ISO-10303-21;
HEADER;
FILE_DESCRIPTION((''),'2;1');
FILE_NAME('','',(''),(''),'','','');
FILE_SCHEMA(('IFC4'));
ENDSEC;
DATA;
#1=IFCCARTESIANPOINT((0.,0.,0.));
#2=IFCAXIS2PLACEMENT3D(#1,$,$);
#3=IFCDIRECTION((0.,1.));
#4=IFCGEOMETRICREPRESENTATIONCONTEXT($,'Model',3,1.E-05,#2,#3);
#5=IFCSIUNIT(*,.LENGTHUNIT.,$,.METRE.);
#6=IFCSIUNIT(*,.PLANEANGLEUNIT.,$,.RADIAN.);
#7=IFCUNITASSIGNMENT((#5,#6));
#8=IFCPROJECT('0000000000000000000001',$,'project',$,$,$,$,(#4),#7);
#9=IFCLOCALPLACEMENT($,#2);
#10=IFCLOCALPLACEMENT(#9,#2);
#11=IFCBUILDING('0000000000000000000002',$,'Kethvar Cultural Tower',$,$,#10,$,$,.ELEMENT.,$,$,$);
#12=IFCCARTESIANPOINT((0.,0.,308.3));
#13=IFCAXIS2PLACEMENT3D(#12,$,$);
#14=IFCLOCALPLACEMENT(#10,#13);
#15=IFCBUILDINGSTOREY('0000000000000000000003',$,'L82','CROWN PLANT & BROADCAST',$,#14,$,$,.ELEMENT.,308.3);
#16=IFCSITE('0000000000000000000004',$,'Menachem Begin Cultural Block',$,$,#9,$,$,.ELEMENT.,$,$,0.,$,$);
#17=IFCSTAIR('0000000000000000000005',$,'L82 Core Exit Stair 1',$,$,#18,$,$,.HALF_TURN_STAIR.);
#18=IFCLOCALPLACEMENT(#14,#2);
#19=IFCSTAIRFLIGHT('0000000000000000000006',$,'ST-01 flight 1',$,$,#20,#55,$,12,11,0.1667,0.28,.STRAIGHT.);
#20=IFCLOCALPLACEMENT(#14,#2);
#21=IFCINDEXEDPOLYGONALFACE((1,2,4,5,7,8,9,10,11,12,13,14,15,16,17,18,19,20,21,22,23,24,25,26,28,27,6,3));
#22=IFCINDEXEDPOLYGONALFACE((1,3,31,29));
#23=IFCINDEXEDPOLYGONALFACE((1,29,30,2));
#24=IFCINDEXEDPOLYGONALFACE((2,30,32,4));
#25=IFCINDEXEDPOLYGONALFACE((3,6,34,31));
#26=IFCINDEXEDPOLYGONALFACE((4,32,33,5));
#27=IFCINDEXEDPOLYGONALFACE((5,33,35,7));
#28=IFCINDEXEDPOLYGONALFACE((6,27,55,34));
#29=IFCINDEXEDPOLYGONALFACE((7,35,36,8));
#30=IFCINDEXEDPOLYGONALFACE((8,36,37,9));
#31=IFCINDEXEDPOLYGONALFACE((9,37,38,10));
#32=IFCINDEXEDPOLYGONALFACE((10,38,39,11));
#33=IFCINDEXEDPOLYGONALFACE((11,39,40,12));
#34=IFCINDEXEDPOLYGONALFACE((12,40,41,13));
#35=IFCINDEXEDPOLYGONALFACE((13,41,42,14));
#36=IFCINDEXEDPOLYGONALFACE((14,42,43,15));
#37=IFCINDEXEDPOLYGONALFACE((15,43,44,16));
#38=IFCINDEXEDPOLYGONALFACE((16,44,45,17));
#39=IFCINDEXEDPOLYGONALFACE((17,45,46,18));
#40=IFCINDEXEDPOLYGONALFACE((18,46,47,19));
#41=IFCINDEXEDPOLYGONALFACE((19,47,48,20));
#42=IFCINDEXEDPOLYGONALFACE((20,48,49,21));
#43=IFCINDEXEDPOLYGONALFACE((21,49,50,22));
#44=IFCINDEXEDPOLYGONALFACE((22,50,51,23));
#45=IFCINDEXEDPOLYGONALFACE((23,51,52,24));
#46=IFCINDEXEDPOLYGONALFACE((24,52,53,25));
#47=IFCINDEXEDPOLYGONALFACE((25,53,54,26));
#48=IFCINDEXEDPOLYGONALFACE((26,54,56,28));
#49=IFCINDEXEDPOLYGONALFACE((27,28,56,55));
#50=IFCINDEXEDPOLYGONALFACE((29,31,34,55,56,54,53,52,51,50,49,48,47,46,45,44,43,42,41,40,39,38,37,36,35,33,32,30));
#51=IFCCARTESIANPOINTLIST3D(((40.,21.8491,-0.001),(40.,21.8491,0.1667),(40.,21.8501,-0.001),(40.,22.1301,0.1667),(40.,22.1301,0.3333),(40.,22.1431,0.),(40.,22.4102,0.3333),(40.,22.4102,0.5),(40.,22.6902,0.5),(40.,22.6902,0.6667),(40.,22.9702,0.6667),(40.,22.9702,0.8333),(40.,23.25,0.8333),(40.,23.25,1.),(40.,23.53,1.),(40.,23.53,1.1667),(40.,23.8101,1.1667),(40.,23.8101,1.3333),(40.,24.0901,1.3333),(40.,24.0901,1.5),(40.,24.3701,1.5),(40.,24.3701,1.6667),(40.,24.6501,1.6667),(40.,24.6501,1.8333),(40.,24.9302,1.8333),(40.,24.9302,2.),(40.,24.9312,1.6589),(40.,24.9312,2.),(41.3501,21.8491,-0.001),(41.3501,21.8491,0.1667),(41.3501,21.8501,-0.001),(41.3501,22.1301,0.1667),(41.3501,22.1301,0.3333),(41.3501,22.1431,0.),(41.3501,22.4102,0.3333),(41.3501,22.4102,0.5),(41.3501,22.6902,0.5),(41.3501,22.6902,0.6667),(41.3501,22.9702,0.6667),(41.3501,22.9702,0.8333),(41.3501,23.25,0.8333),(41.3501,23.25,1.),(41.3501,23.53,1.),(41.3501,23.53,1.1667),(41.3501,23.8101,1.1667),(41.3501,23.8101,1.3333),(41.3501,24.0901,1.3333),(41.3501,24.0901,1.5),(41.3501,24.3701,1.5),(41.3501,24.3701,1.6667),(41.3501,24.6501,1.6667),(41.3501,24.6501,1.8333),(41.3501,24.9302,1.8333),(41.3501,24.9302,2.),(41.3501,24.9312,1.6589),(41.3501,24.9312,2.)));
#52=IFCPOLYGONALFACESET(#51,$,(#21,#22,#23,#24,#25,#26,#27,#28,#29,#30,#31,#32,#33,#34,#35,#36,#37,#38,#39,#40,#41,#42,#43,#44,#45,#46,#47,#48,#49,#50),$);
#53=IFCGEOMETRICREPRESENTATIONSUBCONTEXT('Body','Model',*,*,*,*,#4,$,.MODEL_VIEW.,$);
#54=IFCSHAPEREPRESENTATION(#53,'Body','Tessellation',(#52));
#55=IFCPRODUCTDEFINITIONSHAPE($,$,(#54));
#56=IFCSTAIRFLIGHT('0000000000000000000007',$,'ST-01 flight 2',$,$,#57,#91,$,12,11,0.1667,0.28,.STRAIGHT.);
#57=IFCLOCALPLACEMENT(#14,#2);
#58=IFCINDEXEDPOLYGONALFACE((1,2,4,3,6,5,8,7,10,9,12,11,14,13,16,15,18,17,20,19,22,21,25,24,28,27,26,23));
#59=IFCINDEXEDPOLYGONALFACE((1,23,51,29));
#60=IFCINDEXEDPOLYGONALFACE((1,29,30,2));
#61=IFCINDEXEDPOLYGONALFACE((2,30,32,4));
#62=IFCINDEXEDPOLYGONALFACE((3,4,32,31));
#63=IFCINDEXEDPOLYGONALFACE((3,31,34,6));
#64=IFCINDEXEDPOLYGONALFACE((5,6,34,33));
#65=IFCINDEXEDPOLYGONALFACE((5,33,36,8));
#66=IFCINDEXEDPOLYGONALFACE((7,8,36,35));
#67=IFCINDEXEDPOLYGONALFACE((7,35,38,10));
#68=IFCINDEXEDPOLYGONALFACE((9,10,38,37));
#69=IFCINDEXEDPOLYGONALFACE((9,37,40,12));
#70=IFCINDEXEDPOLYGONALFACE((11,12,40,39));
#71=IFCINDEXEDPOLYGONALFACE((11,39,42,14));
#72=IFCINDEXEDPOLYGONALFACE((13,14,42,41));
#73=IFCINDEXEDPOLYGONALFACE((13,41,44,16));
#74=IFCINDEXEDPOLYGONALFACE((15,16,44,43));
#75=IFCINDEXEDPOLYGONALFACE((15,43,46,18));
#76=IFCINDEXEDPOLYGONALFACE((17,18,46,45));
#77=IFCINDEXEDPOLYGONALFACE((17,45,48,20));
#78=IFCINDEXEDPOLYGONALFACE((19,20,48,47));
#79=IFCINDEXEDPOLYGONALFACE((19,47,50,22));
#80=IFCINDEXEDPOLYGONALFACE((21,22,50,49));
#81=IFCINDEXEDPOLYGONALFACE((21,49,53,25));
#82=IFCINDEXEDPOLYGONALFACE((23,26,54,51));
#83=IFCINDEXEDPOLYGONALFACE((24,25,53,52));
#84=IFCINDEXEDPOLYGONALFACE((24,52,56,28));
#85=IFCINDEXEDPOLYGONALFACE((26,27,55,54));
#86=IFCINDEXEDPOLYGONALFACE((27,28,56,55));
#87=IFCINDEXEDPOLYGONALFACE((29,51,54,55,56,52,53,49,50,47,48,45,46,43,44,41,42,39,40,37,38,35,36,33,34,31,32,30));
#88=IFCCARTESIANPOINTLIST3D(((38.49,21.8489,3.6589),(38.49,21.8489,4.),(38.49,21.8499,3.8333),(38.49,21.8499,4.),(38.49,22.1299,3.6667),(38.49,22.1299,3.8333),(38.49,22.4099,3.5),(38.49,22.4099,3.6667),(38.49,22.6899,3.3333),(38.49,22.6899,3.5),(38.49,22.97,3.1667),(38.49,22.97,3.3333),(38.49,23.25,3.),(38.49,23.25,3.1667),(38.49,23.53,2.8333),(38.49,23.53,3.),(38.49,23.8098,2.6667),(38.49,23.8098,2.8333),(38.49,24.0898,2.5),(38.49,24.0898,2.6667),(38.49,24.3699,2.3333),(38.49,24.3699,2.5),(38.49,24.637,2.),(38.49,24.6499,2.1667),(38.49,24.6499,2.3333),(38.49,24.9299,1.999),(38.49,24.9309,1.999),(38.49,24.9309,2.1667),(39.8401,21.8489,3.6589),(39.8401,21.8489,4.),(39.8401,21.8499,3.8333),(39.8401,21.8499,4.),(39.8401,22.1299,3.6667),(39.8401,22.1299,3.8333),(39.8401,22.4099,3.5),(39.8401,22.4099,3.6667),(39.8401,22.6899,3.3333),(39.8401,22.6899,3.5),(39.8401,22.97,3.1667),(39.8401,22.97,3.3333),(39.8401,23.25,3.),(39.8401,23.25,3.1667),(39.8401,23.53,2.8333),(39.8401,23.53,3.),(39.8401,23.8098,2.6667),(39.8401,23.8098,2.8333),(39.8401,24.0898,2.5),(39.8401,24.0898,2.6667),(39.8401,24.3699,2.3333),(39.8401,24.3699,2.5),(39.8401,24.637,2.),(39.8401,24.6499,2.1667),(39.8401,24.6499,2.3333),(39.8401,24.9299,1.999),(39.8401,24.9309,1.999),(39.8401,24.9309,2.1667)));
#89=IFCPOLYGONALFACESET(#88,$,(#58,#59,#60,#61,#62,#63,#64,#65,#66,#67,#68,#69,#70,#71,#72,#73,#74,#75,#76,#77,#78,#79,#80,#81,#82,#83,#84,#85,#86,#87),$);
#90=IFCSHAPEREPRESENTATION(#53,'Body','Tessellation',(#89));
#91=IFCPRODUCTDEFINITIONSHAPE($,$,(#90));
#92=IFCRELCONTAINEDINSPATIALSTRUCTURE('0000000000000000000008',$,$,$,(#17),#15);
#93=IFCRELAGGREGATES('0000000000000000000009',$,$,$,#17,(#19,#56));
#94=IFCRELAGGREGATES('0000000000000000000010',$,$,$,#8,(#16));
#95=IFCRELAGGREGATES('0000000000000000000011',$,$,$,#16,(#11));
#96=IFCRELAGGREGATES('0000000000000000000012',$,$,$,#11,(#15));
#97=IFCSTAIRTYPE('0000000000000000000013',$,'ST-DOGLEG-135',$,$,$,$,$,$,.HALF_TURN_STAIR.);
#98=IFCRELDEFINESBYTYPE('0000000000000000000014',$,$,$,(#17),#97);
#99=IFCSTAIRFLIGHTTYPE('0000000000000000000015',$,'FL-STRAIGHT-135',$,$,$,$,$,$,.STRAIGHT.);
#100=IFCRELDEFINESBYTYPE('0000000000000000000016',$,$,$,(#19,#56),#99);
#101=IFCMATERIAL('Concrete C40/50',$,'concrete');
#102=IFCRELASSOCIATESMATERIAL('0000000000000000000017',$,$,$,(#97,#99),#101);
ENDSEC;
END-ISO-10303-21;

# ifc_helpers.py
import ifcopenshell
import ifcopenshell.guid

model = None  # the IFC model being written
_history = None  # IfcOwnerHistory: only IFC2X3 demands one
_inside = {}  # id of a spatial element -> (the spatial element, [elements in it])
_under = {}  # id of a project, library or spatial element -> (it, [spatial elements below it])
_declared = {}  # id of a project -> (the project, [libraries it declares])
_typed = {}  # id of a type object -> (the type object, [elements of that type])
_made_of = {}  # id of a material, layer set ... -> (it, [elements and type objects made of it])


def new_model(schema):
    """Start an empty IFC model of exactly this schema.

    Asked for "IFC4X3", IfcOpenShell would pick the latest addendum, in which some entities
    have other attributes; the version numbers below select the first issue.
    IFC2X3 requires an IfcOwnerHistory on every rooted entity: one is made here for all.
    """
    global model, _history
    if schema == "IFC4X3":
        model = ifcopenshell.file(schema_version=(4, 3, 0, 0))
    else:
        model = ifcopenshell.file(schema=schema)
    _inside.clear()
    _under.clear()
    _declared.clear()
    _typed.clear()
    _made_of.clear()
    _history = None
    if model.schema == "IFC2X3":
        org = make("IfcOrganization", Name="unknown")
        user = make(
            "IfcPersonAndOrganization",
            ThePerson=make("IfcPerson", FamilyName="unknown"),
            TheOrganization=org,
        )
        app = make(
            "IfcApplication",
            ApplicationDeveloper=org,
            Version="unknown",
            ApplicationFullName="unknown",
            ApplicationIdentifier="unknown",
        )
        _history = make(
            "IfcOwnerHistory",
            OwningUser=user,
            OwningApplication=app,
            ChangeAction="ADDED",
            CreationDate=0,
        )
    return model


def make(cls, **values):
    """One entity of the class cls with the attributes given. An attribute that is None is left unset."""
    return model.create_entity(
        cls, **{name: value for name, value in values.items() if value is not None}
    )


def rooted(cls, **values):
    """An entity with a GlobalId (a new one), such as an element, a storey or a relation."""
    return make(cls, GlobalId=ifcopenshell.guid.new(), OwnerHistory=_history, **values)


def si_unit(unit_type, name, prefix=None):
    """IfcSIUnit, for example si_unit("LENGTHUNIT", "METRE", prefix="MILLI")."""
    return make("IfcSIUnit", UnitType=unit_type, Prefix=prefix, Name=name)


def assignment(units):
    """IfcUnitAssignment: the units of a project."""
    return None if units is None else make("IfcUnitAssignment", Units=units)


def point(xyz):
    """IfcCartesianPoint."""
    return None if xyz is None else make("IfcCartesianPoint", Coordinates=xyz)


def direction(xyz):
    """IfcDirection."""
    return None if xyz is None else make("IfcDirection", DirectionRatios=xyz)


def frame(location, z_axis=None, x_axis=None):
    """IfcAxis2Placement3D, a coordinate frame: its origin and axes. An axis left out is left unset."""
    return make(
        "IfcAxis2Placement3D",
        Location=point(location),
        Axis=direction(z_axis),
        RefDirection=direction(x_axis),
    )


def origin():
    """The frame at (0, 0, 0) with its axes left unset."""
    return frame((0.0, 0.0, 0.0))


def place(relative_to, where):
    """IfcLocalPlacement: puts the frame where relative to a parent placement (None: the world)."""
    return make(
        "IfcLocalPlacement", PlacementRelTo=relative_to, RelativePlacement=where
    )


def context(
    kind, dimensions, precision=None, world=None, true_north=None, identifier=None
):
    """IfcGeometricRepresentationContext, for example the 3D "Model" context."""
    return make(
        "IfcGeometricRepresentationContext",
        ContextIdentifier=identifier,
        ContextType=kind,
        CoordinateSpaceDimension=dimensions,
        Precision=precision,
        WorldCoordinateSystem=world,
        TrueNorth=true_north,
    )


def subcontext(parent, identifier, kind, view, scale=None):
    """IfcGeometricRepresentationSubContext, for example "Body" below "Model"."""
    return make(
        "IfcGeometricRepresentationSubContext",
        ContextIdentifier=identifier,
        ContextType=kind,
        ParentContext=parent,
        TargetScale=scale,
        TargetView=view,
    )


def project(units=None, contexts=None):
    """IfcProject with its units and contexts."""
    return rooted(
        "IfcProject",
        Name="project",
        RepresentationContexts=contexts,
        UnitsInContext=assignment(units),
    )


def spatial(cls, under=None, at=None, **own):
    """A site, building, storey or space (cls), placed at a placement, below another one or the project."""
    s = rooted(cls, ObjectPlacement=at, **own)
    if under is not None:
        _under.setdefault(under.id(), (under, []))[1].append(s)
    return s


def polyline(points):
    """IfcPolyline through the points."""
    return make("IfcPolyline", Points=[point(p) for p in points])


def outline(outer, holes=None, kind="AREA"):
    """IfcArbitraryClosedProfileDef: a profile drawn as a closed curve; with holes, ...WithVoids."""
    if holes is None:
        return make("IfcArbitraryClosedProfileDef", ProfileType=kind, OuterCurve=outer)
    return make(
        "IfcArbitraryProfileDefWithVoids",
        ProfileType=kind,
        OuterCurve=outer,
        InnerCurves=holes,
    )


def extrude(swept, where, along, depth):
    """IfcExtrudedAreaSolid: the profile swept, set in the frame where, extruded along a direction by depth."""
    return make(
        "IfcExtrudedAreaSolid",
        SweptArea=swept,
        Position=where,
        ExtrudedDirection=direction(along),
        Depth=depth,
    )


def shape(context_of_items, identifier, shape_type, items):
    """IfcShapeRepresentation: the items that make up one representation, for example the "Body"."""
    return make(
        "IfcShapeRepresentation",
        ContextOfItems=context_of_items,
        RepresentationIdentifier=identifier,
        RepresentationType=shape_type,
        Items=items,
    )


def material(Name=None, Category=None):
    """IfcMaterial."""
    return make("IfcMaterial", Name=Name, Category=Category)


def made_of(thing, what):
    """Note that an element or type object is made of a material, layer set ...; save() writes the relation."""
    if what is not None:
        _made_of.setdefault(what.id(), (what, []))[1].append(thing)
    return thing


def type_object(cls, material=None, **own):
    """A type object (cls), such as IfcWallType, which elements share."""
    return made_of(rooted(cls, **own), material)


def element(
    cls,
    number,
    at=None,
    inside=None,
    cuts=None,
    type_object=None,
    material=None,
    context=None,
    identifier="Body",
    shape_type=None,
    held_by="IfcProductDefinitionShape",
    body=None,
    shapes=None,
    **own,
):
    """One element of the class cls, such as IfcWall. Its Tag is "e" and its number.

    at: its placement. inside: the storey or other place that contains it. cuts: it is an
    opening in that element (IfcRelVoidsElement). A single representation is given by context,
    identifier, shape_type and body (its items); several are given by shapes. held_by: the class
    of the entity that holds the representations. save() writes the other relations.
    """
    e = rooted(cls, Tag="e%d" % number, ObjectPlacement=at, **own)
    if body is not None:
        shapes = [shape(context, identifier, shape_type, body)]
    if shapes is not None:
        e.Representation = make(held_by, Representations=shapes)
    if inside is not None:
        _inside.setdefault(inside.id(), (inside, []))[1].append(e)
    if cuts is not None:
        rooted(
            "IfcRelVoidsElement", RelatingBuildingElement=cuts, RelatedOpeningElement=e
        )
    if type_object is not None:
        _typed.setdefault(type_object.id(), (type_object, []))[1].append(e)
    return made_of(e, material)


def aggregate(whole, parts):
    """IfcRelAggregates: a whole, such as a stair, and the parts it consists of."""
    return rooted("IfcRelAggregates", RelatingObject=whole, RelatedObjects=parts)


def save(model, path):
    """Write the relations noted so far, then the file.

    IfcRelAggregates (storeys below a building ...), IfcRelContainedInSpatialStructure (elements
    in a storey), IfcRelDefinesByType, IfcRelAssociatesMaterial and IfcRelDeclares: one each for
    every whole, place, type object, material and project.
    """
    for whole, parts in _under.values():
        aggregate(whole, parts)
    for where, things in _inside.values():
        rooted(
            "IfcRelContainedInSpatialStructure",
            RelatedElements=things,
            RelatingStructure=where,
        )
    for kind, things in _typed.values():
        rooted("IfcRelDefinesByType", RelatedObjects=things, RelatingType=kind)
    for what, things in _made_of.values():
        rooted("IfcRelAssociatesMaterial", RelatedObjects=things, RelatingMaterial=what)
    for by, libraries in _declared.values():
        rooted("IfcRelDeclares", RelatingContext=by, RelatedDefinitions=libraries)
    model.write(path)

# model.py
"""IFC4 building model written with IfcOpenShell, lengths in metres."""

from ifc_helpers import new_model, si_unit, direction, frame, origin, place, context, subcontext, project, spatial, polyline, outline, extrude, material, type_object, element, aggregate, save


model = new_model("IFC4")

# Units and contexts
model_context = context("Model", 3, precision=1e-05, world=origin(), true_north=direction((0.0, 1.0)))
body_context = subcontext(model_context, "Body", "Model", "MODEL_VIEW")
ifc_project = project(units=[si_unit("LENGTHUNIT", "METRE"), si_unit("PLANEANGLEUNIT", "RADIAN")], contexts=[model_context])

# Site, building, storey
site_placement = place(None, origin())
site = spatial("IfcSite", under=ifc_project, at=site_placement, Name="Menachem Begin Cultural Block", CompositionType="ELEMENT", RefElevation=0.0)
building_placement = place(site_placement, origin())
building = spatial("IfcBuilding", under=site, at=building_placement, Name="Kethvar Cultural Tower", CompositionType="ELEMENT")
storey_placement = place(building_placement, frame((0.0, 0.0, 308.3)))
storey = spatial("IfcBuildingStorey", under=building, at=storey_placement, Name="L82", Description="CROWN PLANT & BROADCAST", CompositionType="ELEMENT", Elevation=308.3)

# Stair, stair flights
ifc_material_1 = material(Name="Concrete C40/50", Category="concrete")
stair_type = type_object("IfcStairType", Name="ST-DOGLEG-135", PredefinedType="HALF_TURN_STAIR", material=ifc_material_1)
stair_placement = place(storey_placement, origin())
stair = element("IfcStair", 1, at=stair_placement, inside=storey, type_object=stair_type, Name="L82 Core Exit Stair 1", PredefinedType="HALF_TURN_STAIR")
stair_flight_type = type_object("IfcStairFlightType", Name="FL-STRAIGHT-135", PredefinedType="STRAIGHT", material=ifc_material_1)
stair_flight_1_placement = place(storey_placement, frame((40.675, 21.8501, 0.0), z_axis=(0.0, 0.0, 1.0), x_axis=(0.0, 1.0, 0.0)))
stair_flight_1 = element("IfcStairFlight", 2, at=stair_flight_1_placement, type_object=stair_flight_type, Name="ST-01 flight 1", NumberOfRisers=12, NumberOfTreads=11, PredefinedType="STRAIGHT", RiserHeight=0.1667, TreadLength=0.28, context=body_context, shape_type="SweptSolid", body=[
    extrude(outline(polyline([(-0.001, -0.001), (-0.001, 0.1667), (0.28, 0.1667), (0.28, 0.3333), (0.5601, 0.3333), (0.5601, 0.5), (0.8401, 0.5), (0.8401, 0.6667), (1.1201, 0.6667), (1.1201, 0.8333), (1.3999, 0.8333), (1.3999, 1.0), (1.6799, 1.0), (1.6799, 1.1667), (1.96, 1.1667), (1.96, 1.3333), (2.24, 1.3333), (2.24, 1.5), (2.52, 1.5), (2.52, 1.6667), (2.8, 1.6667), (2.8, 1.8333), (3.0801, 1.8333), (3.0801, 2.0), (3.0811, 2.0), (3.0811, 1.6589), (0.293, 0.0), (0.0, -0.001), (-0.001, -0.001)])), frame((0.0, 0.675, 0.0), z_axis=(0.0, -1.0, 0.0), x_axis=(1.0, 0.0, 0.0)), (0.0, 0.0, 1.0), 1.3501),
])
stair_flight_2_placement = place(storey_placement, frame((39.165, 24.9299, 2.0), z_axis=(0.0, 0.0, 1.0), x_axis=(0.0, -1.0, 0.0)))
stair_flight_2 = element("IfcStairFlight", 3, at=stair_flight_2_placement, type_object=stair_flight_type, Name="ST-01 flight 2", NumberOfRisers=12, NumberOfTreads=11, PredefinedType="STRAIGHT", RiserHeight=0.1667, TreadLength=0.28, context=body_context, shape_type="SweptSolid", body=[
    extrude(outline(polyline([(-0.001, -0.001), (-0.001, 0.1667), (0.28, 0.1667), (0.28, 0.3333), (0.5601, 0.3333), (0.5601, 0.5), (0.8401, 0.5), (0.8401, 0.6667), (1.1201, 0.6667), (1.1201, 0.8333), (1.3999, 0.8333), (1.3999, 1.0), (1.6799, 1.0), (1.6799, 1.1667), (1.96, 1.1667), (1.96, 1.3333), (2.24, 1.3333), (2.24, 1.5), (2.52, 1.5), (2.52, 1.6667), (2.8, 1.6667), (2.8, 1.8333), (3.0801, 1.8333), (3.0801, 2.0), (3.0811, 2.0), (3.0811, 1.6589), (0.293, 0.0), (0.0, -0.001), (-0.001, -0.001)])), frame((0.0, 0.675, 0.0), z_axis=(0.0, -1.0, 0.0), x_axis=(1.0, 0.0, 0.0)), (0.0, 0.0, 1.0), 1.3501),
])
aggregate(stair, [stair_flight_1, stair_flight_2])

save(model, "model.ifc")
